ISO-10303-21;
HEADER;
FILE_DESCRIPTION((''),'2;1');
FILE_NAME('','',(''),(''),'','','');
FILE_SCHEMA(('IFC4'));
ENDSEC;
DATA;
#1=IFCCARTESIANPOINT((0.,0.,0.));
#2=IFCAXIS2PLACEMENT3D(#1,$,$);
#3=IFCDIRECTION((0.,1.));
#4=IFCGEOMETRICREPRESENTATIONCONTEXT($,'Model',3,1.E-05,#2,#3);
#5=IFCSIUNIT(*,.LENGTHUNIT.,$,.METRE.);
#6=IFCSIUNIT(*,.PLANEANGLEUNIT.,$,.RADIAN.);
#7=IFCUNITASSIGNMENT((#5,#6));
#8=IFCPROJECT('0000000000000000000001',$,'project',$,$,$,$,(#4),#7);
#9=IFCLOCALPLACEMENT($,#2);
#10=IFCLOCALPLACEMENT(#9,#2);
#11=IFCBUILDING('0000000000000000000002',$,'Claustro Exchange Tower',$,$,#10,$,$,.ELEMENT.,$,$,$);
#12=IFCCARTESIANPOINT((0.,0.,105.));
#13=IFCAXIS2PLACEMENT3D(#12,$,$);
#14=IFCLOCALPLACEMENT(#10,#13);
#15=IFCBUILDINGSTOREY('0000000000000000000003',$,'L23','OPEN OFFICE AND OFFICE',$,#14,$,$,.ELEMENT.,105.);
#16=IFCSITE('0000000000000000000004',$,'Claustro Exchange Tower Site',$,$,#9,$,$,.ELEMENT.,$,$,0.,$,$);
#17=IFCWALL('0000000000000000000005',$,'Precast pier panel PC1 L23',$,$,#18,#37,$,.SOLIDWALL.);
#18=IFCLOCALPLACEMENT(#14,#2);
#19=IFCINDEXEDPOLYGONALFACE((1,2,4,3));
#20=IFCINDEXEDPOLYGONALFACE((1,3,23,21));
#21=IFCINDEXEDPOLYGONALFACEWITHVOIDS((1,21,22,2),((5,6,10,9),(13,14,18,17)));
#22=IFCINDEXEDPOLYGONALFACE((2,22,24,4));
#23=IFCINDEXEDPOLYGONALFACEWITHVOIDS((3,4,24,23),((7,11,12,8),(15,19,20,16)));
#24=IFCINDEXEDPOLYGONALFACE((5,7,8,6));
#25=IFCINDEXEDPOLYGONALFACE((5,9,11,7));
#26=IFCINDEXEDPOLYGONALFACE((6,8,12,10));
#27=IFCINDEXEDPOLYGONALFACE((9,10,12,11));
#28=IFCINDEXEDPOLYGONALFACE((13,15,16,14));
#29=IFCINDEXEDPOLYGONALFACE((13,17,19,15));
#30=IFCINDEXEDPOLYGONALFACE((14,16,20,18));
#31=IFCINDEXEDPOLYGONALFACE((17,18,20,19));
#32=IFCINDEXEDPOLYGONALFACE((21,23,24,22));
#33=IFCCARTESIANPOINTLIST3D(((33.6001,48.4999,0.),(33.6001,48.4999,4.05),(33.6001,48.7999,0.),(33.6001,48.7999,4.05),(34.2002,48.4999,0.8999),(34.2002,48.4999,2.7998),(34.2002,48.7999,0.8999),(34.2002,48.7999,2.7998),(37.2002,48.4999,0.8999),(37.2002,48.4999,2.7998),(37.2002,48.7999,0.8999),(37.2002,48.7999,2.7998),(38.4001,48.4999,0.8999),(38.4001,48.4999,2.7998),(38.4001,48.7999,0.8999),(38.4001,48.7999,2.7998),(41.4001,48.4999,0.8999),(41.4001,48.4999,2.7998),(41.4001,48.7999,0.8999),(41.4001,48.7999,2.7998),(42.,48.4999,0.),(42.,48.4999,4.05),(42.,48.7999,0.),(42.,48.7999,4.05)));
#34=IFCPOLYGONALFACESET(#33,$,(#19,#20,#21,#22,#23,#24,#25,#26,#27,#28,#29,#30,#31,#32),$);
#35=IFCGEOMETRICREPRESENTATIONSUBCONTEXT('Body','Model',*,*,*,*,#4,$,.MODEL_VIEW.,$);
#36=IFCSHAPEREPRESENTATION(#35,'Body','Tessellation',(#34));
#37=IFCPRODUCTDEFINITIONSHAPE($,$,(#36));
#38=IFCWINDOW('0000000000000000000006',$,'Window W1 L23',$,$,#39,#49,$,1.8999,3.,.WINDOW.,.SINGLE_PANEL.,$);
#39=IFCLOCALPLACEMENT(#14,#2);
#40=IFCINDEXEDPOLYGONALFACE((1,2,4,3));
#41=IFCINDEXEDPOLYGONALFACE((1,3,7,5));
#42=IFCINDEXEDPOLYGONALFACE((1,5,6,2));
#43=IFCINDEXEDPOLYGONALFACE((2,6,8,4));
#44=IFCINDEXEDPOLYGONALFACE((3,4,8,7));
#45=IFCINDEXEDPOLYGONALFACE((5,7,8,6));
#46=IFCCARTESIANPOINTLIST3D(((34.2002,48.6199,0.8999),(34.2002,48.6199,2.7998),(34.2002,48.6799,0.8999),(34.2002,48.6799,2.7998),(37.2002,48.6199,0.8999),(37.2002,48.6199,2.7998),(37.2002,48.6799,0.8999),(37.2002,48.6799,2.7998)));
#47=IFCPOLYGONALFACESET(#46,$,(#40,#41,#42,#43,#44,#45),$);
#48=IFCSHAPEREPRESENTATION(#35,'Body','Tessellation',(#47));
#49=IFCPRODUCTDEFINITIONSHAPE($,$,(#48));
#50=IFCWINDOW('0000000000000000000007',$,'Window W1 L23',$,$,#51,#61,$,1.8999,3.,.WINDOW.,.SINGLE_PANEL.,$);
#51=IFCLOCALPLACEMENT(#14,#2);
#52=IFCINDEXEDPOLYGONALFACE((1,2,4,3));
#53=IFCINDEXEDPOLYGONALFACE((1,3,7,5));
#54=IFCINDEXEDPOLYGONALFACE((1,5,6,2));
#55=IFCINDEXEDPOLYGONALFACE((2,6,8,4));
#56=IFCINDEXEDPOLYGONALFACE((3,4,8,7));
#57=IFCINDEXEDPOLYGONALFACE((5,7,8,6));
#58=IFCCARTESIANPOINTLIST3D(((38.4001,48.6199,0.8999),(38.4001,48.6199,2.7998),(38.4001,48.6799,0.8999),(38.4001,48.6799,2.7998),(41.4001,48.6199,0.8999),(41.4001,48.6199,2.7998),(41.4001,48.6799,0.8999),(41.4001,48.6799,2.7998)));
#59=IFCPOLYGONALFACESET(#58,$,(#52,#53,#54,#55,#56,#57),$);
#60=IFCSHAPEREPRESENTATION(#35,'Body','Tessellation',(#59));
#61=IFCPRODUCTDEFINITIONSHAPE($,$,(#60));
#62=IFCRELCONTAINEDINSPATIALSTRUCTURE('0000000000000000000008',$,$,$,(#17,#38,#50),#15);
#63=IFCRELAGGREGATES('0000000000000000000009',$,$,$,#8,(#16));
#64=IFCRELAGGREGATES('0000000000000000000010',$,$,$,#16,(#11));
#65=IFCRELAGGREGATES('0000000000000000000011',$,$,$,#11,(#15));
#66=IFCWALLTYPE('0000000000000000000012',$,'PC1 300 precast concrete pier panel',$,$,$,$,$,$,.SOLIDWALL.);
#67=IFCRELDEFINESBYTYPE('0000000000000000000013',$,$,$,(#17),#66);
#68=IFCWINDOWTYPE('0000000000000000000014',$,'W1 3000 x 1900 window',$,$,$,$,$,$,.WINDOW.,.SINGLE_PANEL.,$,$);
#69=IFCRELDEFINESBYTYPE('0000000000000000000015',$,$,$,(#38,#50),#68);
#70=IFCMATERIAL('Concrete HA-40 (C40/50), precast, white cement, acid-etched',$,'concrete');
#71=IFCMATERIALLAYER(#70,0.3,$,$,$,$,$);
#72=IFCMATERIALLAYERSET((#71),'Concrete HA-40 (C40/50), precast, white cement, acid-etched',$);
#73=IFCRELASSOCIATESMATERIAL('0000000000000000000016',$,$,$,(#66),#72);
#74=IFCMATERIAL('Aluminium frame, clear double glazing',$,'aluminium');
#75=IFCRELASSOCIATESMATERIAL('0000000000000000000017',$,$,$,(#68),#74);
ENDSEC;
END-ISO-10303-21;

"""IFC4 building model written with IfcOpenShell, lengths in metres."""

from ifc_helpers import new_model, si_unit, direction, frame, frame_2d, origin, place, context, subcontext, project, spatial, rectangle, extrude, material, layer, layer_set, type_object, element, fill, save


model = new_model("IFC4")

# Units and contexts
model_context = context("Model", 3, precision=1e-05, world=origin(), true_north=direction((0.0, 1.0)))
body_context = subcontext(model_context, "Body", "Model", "MODEL_VIEW")
ifc_project = project(units=[si_unit("LENGTHUNIT", "METRE"), si_unit("PLANEANGLEUNIT", "RADIAN")], contexts=[model_context])

# Site, building, storey
site_placement = place(None, origin())
site = spatial("IfcSite", under=ifc_project, at=site_placement, Name="Claustro Exchange Tower Site", CompositionType="ELEMENT", RefElevation=0.0)
building_placement = place(site_placement, origin())
building = spatial("IfcBuilding", under=site, at=building_placement, Name="Claustro Exchange Tower", CompositionType="ELEMENT")
storey_placement = place(building_placement, frame((0.0, 0.0, 105.0)))
storey = spatial("IfcBuildingStorey", under=building, at=storey_placement, Name="L23", Description="OPEN OFFICE AND OFFICE", CompositionType="ELEMENT", Elevation=105.0)

# Wall, openings, windows
ifc_material_1 = material(Name="Concrete HA-40 (C40/50), precast, white cement, acid-etched", Category="concrete")
ifc_layer_1 = layer(ifc_material_1, 0.3)
ifc_layer_set_1 = layer_set([ifc_layer_1], Name="Concrete HA-40 (C40/50), precast, white cement, acid-etched")
wall_type_1 = type_object("IfcWallType", Name="PC1 300 precast concrete pier panel", PredefinedType="SOLIDWALL", material=ifc_layer_set_1)
ifc_material_2 = material(Name="Aluminium frame, clear double glazing", Category="aluminium")
window_type = type_object("IfcWindowType", Name="W1 3000 x 1900 window", PartitioningType="SINGLE_PANEL", PredefinedType="WINDOW", material=ifc_material_2)
wall_1_placement = place(storey_placement, frame((33.6001, 48.6499, 0.0), z_axis=(0.0, 0.0, 1.0), x_axis=(1.0, 0.0, 0.0)))
wall_1 = element("IfcWall", 1, at=wall_1_placement, inside=storey, type_object=wall_type_1, Name="Precast pier panel PC1 L23", PredefinedType="SOLIDWALL", context=body_context, shape_type="SweptSolid", body=[
    extrude(rectangle(XDim=8.3999, YDim=0.3, at=frame_2d((4.2, 0.0))), origin(), (0.0, 0.0, 1.0), 4.05),
])
opening_1_placement = place(wall_1_placement, frame((0.6001, 0.0, 0.8999)))
opening_1 = element("IfcOpeningElement", 2, at=opening_1_placement, cuts=wall_1, PredefinedType="OPENING", context=body_context, shape_type="SweptSolid", body=[
    extrude(rectangle(XDim=3.0, YDim=1.8999, at=frame_2d((1.5, 0.95))), frame((0.0, 0.1599, 0.0), z_axis=(0.0, -1.0, 0.0), x_axis=(1.0, 0.0, 0.0)), (0.0, 0.0, 1.0), 0.3201),
])
opening_2_placement = place(wall_1_placement, frame((4.8, 0.0, 0.8999)))
opening_2 = element("IfcOpeningElement", 3, at=opening_2_placement, cuts=wall_1, PredefinedType="OPENING", context=body_context, shape_type="SweptSolid", body=[
    extrude(rectangle(XDim=3.0, YDim=1.8999, at=frame_2d((1.5, 0.95))), frame((0.0, 0.1599, 0.0), z_axis=(0.0, -1.0, 0.0), x_axis=(1.0, 0.0, 0.0)), (0.0, 0.0, 1.0), 0.3201),
])
window_1_placement = place(opening_1_placement, origin())
window_1 = element("IfcWindow", 4, at=window_1_placement, inside=storey, type_object=window_type, Name="Window W1 L23", OverallHeight=1.8999, OverallWidth=3.0, PartitioningType="SINGLE_PANEL", PredefinedType="WINDOW", context=body_context, shape_type="SweptSolid", body=[
    extrude(rectangle(XDim=3.0, YDim=1.8999, at=frame_2d((1.5, 0.95))), frame((0.0, 0.03, 0.0), z_axis=(0.0, -1.0, 0.0), x_axis=(1.0, 0.0, 0.0)), (0.0, 0.0, 1.0), 0.0601),
])
fill(opening_1, window_1)
window_2_placement = place(opening_2_placement, origin())
window_2 = element("IfcWindow", 5, at=window_2_placement, inside=storey, type_object=window_type, Name="Window W1 L23", OverallHeight=1.8999, OverallWidth=3.0, PartitioningType="SINGLE_PANEL", PredefinedType="WINDOW", context=body_context, shape_type="SweptSolid", body=[
    extrude(rectangle(XDim=3.0, YDim=1.8999, at=frame_2d((1.5, 0.95))), frame((0.0, 0.03, 0.0), z_axis=(0.0, -1.0, 0.0), x_axis=(1.0, 0.0, 0.0)), (0.0, 0.0, 1.0), 0.0601),
])
fill(opening_2, window_2)

save(model, "model.ifc")
